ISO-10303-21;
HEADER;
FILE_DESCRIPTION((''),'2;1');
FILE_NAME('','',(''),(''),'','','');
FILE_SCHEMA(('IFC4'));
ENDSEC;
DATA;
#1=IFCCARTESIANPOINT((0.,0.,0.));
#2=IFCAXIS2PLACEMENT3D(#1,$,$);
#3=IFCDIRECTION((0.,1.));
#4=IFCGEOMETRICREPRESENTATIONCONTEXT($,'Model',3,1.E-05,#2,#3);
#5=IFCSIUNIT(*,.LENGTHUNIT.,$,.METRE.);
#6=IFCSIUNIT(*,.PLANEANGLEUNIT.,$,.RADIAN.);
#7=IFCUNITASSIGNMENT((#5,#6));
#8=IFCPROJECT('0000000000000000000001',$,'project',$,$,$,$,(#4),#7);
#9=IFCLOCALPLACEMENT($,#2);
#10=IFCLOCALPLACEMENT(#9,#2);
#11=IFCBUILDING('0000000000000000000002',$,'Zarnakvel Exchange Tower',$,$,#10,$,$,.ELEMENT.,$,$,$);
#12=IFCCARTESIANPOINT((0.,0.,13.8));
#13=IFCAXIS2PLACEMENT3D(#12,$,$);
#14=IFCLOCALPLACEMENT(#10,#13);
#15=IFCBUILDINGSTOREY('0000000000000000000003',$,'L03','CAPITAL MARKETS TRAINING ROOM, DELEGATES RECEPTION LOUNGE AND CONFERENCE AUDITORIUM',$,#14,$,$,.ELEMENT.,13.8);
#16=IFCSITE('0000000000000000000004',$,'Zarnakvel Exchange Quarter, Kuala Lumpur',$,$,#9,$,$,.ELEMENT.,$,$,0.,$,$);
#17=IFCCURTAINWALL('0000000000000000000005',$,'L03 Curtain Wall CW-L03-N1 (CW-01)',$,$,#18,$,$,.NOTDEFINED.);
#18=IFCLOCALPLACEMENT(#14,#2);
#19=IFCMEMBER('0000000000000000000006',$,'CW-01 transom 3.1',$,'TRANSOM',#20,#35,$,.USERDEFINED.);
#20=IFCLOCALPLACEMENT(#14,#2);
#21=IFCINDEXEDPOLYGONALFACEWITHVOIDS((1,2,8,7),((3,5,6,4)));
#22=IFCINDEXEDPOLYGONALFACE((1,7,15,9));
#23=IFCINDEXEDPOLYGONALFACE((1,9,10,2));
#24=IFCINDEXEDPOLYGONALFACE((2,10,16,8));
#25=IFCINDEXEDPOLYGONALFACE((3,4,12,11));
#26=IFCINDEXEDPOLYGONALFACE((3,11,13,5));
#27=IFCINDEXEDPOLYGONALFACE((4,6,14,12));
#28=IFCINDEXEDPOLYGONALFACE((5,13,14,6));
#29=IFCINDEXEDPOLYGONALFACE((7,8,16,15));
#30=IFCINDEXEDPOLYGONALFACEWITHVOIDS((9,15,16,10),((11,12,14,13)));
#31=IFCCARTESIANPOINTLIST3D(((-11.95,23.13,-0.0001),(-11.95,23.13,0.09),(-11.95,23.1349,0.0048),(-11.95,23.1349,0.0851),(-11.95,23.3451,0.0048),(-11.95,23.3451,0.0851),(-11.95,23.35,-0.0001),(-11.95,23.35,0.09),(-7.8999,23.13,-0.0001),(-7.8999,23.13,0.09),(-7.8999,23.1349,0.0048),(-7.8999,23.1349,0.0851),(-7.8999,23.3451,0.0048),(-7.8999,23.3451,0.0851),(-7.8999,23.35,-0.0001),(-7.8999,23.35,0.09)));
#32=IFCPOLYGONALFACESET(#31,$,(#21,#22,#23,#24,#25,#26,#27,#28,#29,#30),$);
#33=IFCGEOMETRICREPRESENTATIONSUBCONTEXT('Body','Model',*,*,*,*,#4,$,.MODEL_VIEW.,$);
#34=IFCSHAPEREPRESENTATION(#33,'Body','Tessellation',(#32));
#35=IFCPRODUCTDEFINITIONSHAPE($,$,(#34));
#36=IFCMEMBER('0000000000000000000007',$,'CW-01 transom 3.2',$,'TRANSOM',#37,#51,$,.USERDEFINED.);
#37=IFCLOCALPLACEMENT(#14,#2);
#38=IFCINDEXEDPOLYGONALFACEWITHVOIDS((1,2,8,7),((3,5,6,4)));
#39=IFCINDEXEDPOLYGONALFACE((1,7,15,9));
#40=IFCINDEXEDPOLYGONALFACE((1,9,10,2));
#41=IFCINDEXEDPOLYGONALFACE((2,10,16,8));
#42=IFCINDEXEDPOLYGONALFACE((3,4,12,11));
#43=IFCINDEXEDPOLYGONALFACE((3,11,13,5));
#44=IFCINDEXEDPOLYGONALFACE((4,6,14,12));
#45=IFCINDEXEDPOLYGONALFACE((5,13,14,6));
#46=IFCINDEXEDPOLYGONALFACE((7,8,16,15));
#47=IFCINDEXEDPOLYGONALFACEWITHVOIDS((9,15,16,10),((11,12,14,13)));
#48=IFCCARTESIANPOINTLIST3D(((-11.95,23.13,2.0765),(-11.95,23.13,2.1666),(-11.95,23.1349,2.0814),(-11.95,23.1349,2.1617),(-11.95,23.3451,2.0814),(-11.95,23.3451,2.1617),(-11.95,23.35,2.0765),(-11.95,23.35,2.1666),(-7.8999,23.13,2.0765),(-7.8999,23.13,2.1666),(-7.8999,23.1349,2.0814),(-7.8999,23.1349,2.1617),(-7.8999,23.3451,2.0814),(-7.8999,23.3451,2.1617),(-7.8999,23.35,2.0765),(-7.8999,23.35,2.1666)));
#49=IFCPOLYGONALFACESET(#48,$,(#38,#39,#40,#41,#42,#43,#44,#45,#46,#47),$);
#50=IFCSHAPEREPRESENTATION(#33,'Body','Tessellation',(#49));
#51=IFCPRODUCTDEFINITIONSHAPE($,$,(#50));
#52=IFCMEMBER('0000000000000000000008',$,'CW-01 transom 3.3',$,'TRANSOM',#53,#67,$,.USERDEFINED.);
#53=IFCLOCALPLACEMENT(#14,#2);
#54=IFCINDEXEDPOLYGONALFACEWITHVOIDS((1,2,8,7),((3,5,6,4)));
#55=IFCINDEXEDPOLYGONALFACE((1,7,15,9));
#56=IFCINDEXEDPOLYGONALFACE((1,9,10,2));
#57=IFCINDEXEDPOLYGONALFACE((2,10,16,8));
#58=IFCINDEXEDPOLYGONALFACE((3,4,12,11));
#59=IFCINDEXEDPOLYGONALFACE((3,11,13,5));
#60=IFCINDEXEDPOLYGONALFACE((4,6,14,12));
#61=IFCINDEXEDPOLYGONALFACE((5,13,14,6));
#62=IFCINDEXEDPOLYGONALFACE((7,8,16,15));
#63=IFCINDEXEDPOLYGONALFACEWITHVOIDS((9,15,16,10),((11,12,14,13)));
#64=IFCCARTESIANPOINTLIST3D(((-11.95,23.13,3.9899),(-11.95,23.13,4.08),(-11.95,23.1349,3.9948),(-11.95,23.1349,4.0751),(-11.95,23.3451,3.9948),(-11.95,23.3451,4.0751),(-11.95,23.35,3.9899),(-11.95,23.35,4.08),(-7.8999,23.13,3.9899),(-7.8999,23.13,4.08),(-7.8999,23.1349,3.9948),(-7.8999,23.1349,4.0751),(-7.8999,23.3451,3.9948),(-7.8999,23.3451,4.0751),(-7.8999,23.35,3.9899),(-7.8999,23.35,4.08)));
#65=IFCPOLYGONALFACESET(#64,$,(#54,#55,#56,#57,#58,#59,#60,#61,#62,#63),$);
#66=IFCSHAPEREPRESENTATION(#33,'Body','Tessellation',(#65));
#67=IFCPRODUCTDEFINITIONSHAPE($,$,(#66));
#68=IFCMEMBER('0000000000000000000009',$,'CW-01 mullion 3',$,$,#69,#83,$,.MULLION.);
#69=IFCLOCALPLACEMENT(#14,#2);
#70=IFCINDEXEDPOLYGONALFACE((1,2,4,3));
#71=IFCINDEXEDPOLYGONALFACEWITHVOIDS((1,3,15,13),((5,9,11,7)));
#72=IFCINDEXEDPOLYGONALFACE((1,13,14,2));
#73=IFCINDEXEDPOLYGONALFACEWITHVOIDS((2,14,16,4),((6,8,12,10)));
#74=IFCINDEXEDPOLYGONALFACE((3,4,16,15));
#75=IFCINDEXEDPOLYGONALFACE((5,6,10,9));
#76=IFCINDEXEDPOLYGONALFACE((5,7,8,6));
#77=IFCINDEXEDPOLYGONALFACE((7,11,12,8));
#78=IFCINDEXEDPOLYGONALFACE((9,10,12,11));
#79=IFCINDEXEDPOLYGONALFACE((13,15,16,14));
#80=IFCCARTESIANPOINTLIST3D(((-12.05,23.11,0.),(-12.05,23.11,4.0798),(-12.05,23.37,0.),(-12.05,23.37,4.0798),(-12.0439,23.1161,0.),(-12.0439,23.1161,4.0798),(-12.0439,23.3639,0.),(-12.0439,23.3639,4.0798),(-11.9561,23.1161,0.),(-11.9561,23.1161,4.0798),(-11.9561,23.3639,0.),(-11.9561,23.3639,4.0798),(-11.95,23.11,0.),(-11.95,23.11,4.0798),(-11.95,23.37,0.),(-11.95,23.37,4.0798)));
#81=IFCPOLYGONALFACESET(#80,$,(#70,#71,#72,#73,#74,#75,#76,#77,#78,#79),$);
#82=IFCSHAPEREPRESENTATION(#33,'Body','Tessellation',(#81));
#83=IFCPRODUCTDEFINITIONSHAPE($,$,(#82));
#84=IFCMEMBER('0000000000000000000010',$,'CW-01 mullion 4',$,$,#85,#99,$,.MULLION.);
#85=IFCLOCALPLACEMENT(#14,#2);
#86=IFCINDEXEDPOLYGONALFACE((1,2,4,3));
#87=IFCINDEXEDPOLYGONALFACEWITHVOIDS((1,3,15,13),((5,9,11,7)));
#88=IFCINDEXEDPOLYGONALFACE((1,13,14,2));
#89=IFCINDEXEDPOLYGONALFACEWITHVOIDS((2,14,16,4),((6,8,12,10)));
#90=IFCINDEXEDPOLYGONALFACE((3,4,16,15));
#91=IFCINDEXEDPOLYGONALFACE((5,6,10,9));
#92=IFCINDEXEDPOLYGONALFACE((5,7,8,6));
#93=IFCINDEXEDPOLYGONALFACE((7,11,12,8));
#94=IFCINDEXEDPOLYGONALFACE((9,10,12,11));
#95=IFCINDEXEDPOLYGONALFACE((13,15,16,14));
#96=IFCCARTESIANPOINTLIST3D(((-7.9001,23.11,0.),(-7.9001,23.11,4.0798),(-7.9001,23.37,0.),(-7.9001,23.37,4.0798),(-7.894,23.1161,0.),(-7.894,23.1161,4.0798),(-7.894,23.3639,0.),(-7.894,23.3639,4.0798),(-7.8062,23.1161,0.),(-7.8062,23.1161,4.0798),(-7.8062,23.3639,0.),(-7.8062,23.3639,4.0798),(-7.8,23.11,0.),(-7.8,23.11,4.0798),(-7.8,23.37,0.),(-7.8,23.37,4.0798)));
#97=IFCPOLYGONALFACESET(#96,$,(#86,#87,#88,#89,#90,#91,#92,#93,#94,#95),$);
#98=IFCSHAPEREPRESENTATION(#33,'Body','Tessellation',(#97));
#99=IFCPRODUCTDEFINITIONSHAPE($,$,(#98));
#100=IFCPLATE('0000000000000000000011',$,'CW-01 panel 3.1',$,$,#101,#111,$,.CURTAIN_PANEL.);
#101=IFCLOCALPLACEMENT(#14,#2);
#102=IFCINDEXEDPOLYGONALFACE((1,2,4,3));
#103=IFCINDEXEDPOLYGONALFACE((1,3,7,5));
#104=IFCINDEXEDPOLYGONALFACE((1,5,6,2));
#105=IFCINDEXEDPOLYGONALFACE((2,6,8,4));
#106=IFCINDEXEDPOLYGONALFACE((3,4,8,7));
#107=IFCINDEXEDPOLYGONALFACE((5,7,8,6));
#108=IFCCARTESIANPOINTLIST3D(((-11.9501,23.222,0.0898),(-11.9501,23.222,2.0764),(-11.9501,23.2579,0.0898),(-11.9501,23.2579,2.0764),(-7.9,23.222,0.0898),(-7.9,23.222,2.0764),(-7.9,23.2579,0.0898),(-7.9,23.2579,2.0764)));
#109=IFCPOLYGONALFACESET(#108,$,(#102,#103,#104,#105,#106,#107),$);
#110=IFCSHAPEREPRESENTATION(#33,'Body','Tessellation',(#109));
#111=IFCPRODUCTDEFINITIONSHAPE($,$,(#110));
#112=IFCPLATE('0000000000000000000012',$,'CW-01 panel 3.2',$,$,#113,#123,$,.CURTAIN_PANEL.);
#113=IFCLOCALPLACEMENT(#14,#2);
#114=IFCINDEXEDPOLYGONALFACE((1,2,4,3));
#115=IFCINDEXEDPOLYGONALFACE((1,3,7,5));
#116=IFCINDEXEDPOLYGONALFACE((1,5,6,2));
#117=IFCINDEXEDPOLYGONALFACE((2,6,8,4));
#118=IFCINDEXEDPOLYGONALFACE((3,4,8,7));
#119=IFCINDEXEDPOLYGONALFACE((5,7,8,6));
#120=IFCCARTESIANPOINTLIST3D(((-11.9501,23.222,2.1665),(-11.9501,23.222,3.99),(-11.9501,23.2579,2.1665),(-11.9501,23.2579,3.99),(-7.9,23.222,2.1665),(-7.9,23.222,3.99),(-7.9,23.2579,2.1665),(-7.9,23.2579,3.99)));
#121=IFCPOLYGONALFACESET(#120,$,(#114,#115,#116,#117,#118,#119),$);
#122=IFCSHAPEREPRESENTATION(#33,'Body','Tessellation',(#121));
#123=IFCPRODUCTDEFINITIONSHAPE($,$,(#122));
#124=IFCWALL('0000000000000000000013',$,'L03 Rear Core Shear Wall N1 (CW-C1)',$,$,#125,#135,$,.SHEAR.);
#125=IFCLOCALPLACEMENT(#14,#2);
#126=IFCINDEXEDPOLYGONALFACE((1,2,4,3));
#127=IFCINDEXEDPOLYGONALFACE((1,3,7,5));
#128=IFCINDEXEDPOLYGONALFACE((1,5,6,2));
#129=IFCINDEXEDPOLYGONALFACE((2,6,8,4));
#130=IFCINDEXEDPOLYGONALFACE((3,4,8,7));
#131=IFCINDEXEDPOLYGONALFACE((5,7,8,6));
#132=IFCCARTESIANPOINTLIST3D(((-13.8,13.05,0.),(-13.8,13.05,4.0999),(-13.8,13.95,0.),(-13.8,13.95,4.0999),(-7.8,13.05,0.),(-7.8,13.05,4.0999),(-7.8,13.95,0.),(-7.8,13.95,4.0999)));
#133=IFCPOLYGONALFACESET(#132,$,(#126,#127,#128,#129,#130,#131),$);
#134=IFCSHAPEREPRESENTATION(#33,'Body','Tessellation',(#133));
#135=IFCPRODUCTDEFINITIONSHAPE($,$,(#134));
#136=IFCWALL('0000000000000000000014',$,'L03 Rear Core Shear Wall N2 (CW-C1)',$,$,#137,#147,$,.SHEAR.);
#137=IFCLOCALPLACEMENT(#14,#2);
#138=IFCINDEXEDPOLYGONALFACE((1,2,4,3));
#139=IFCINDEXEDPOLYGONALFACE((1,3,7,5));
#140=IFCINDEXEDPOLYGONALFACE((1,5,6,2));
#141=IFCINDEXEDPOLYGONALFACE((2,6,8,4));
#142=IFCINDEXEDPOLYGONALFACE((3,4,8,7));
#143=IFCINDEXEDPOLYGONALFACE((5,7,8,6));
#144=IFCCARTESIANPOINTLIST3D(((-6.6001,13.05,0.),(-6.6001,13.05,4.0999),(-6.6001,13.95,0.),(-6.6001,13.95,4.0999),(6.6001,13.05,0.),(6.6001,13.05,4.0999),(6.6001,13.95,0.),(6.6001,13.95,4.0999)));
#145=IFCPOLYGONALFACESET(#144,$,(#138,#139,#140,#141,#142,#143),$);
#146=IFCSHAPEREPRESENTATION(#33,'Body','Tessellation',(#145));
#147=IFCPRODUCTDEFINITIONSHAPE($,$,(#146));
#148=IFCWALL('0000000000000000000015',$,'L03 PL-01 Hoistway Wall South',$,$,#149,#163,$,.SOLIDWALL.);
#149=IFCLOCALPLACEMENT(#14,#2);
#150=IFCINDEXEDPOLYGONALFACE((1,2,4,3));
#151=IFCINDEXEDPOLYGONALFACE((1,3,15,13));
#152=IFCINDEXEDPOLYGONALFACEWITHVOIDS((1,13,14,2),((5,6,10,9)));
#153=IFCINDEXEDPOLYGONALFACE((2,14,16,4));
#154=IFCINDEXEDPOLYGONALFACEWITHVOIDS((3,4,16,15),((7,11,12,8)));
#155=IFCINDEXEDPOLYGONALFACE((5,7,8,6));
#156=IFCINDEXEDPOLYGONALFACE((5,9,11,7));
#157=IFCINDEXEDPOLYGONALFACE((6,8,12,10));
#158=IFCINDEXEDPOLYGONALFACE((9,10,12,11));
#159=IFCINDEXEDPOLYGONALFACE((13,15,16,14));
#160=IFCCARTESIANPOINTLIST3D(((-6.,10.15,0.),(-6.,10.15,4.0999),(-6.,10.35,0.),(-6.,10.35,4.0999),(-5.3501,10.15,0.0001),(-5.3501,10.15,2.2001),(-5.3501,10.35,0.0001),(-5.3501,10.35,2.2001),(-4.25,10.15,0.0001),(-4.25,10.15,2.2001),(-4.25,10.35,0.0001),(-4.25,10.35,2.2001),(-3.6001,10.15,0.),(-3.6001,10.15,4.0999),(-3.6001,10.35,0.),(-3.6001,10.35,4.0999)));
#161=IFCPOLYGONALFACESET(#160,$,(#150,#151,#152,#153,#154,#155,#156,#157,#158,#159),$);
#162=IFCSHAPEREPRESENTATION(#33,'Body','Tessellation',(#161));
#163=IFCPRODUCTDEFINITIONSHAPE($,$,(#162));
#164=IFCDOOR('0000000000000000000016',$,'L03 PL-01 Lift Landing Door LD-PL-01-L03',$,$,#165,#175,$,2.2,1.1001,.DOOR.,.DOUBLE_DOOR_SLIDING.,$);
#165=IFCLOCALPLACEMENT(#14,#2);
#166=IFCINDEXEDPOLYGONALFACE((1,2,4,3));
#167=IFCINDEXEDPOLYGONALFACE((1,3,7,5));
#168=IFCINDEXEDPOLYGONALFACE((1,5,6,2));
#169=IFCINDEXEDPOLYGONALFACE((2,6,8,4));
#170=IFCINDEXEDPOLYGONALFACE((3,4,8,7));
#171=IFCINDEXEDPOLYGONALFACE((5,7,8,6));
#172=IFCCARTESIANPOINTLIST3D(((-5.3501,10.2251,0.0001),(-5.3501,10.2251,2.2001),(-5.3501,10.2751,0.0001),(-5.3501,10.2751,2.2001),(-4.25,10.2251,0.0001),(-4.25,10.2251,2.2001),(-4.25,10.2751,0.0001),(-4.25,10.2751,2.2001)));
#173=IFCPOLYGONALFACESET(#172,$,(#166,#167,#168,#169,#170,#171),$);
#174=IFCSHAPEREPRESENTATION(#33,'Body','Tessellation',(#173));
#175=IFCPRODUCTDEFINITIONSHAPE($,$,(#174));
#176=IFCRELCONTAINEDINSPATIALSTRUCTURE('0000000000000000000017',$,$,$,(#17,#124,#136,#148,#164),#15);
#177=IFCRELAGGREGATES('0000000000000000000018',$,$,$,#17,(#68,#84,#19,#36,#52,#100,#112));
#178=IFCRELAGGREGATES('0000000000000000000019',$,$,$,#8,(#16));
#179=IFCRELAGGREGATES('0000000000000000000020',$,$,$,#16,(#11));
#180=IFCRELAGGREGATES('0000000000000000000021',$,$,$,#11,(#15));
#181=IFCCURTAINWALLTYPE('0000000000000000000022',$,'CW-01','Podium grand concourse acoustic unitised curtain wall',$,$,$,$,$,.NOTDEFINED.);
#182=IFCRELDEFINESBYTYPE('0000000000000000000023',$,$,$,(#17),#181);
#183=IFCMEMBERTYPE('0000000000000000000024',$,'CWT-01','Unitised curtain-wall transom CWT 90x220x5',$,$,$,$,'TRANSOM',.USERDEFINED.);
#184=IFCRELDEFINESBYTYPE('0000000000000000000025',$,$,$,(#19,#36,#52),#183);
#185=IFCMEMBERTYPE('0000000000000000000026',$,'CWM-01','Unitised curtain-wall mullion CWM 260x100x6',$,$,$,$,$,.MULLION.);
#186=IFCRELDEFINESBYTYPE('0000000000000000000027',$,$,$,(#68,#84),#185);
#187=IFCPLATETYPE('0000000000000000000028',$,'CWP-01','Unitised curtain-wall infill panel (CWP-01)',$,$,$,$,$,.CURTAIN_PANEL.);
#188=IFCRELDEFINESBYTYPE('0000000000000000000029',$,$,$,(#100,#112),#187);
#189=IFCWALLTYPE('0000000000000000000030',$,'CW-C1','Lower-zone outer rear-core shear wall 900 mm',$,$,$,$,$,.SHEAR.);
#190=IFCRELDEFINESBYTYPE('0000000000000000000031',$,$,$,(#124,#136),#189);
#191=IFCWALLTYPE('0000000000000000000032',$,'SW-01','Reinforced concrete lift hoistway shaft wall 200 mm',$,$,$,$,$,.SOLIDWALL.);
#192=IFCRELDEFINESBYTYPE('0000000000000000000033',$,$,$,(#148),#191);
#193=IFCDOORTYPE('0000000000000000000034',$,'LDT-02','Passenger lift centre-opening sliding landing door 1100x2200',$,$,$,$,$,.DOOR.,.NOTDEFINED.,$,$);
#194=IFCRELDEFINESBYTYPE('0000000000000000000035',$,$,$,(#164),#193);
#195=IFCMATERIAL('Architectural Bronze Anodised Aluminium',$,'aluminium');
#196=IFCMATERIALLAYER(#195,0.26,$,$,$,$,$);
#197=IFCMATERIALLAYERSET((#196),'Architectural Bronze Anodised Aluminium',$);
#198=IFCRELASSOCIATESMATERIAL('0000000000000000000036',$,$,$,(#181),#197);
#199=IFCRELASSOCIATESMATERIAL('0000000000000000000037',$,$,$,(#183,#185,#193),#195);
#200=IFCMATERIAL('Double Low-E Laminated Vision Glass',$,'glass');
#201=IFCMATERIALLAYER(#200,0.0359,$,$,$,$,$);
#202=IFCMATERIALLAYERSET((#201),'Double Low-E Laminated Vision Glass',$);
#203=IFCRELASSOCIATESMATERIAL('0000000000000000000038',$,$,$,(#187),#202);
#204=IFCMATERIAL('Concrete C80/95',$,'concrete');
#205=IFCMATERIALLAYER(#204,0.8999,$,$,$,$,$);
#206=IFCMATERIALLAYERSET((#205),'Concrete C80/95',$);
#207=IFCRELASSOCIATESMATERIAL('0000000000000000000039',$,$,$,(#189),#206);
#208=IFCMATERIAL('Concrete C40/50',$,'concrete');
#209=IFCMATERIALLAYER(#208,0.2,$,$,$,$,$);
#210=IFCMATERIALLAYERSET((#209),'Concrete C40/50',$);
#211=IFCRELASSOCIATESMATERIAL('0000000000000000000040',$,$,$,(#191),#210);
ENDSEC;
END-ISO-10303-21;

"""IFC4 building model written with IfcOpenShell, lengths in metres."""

from ifc_helpers import new_model, si_unit, direction, frame, frame_2d, origin, origin_2d, place, context, subcontext, project, spatial, rectangle, hollow_rectangle, extrude, source, transform, mapped, material, layer, layer_set, material_profile, profile_set, type_object, element, fill, aggregate, save


model = new_model("IFC4")

# Units and contexts
model_context = context("Model", 3, precision=1e-05, world=origin(), true_north=direction((0.0, 1.0)))
body_context = subcontext(model_context, "Body", "Model", "MODEL_VIEW")
ifc_project = project(units=[si_unit("LENGTHUNIT", "METRE"), si_unit("PLANEANGLEUNIT", "RADIAN")], contexts=[model_context])

# Site, building, storey
site_placement = place(None, origin())
site = spatial("IfcSite", under=ifc_project, at=site_placement, Name="Zarnakvel Exchange Quarter, Kuala Lumpur", CompositionType="ELEMENT", RefElevation=0.0)
building_placement = place(site_placement, origin())
building = spatial("IfcBuilding", under=site, at=building_placement, Name="Zarnakvel Exchange Tower", CompositionType="ELEMENT")
storey_placement = place(building_placement, frame((0.0, 0.0, 13.8)))
storey = spatial("IfcBuildingStorey", under=building, at=storey_placement, Name="L03", Description="CAPITAL MARKETS TRAINING ROOM, DELEGATES RECEPTION LOUNGE AND CONFERENCE AUDITORIUM", CompositionType="ELEMENT", Elevation=13.8)

# Shared definitions
ifc_material_1 = material(Name="Concrete C80/95", Category="concrete")

# Curtain wall, members, plates
ifc_material_2 = material(Name="Architectural Bronze Anodised Aluminium", Category="aluminium")
ifc_layer_1 = layer(ifc_material_2, 0.26)
ifc_layer_set_1 = layer_set([ifc_layer_1], Name="Architectural Bronze Anodised Aluminium")
curtain_wall_type = type_object("IfcCurtainWallType", Name="CW-01", Description="Podium grand concourse acoustic unitised curtain wall", PredefinedType="NOTDEFINED", material=ifc_layer_set_1)
curtain_wall_placement = place(storey_placement, origin())
curtain_wall = element("IfcCurtainWall", 1, at=curtain_wall_placement, inside=storey, type_object=curtain_wall_type, Name="L03 Curtain Wall CW-L03-N1 (CW-01)", PredefinedType="NOTDEFINED")
ifc_material_profile_1 = material_profile(ifc_material_2, hollow_rectangle(XDim=0.22, YDim=0.0901, WallThickness=0.0049, at=origin_2d()))
ifc_profile_set_1 = profile_set([ifc_material_profile_1], Name="Architectural Bronze Anodised Aluminium")
member_type_1 = type_object("IfcMemberType", Name="CWT-01", Description="Unitised curtain-wall transom CWT 90x220x5", ElementType="TRANSOM", PredefinedType="USERDEFINED", material=ifc_profile_set_1)
shared_shape_1 = source(origin(), body_context, "Body", "SweptSolid", [
    extrude(hollow_rectangle(XDim=0.22, YDim=0.0901, WallThickness=0.0049, at=origin_2d()), origin(), (0.0, 0.0, 1.0), 4.05),
])
member_1_placement = place(storey_placement, frame((-11.95, 23.24, 0.0449), z_axis=(1.0, 0.0, 0.0), x_axis=(0.0, 1.0, 0.0)))
member_1 = element("IfcMember", 2, at=member_1_placement, type_object=member_type_1, Name="CW-01 transom 3.1", ObjectType="TRANSOM", PredefinedType="USERDEFINED", context=body_context, shape_type="MappedRepresentation", body=[
    mapped(shared_shape_1, transform((0.0, 0.0, 0.0), x_axis=(1.0, 0.0, 0.0), y_axis=(0.0, 1.0, 0.0), z_axis=(0.0, 0.0, 1.0), scale=1.0)),
])
member_2_placement = place(storey_placement, frame((-11.95, 23.24, 2.1216), z_axis=(1.0, 0.0, 0.0), x_axis=(0.0, 1.0, 0.0)))
member_2 = element("IfcMember", 3, at=member_2_placement, type_object=member_type_1, Name="CW-01 transom 3.2", ObjectType="TRANSOM", PredefinedType="USERDEFINED", context=body_context, shape_type="MappedRepresentation", body=[
    mapped(shared_shape_1, transform((0.0, 0.0, 0.0), x_axis=(1.0, 0.0, 0.0), y_axis=(0.0, 1.0, 0.0), z_axis=(0.0, 0.0, 1.0), scale=1.0)),
])
member_3_placement = place(storey_placement, frame((-11.95, 23.24, 4.0349), z_axis=(1.0, 0.0, 0.0), x_axis=(0.0, 1.0, 0.0)))
member_3 = element("IfcMember", 4, at=member_3_placement, type_object=member_type_1, Name="CW-01 transom 3.3", ObjectType="TRANSOM", PredefinedType="USERDEFINED", context=body_context, shape_type="MappedRepresentation", body=[
    mapped(shared_shape_1, transform((0.0, 0.0, 0.0), x_axis=(1.0, 0.0, 0.0), y_axis=(0.0, 1.0, 0.0), z_axis=(0.0, 0.0, 1.0), scale=1.0)),
])
ifc_material_profile_2 = material_profile(ifc_material_2, hollow_rectangle(XDim=0.26, YDim=0.1001, WallThickness=0.0061, at=origin_2d()))
ifc_profile_set_2 = profile_set([ifc_material_profile_2], Name="Architectural Bronze Anodised Aluminium")
member_type_2 = type_object("IfcMemberType", Name="CWM-01", Description="Unitised curtain-wall mullion CWM 260x100x6", PredefinedType="MULLION", material=ifc_profile_set_2)
shared_shape_2 = source(origin(), body_context, "Body", "SweptSolid", [
    extrude(hollow_rectangle(XDim=0.26, YDim=0.1001, WallThickness=0.0061, at=origin_2d()), origin(), (0.0, 0.0, 1.0), 4.0798),
])
member_4_placement = place(storey_placement, frame((-12.0, 23.24, 0.0), z_axis=(0.0, 0.0, 1.0), x_axis=(0.0, 1.0, 0.0)))
member_4 = element("IfcMember", 5, at=member_4_placement, type_object=member_type_2, Name="CW-01 mullion 3", PredefinedType="MULLION", context=body_context, shape_type="MappedRepresentation", body=[
    mapped(shared_shape_2, transform((0.0, 0.0, 0.0), x_axis=(1.0, 0.0, 0.0), y_axis=(0.0, 1.0, 0.0), z_axis=(0.0, 0.0, 1.0), scale=1.0)),
])
member_5_placement = place(storey_placement, frame((-7.8501, 23.24, 0.0), z_axis=(0.0, 0.0, 1.0), x_axis=(0.0, 1.0, 0.0)))
member_5 = element("IfcMember", 6, at=member_5_placement, type_object=member_type_2, Name="CW-01 mullion 4", PredefinedType="MULLION", context=body_context, shape_type="MappedRepresentation", body=[
    mapped(shared_shape_2, transform((0.0, 0.0, 0.0), x_axis=(1.0, 0.0, 0.0), y_axis=(0.0, 1.0, 0.0), z_axis=(0.0, 0.0, 1.0), scale=1.0)),
])
ifc_material_3 = material(Name="Double Low-E Laminated Vision Glass", Category="glass")
ifc_layer_2 = layer(ifc_material_3, 0.0359)
ifc_layer_set_2 = layer_set([ifc_layer_2], Name="Double Low-E Laminated Vision Glass")
plate_type = type_object("IfcPlateType", Name="CWP-01", Description="Unitised curtain-wall infill panel (CWP-01)", PredefinedType="CURTAIN_PANEL", material=ifc_layer_set_2)
shared_shape_3 = source(origin(), body_context, "Body", "SweptSolid", [
    extrude(rectangle(XDim=4.05, YDim=0.0359, at=origin_2d()), origin(), (0.0, 0.0, 1.0), 1.9866),
])
plate_1_placement = place(storey_placement, frame((-9.925, 23.24, 0.0898), z_axis=(0.0, 0.0, 1.0), x_axis=(1.0, 0.0, 0.0)))
plate_1 = element("IfcPlate", 7, at=plate_1_placement, type_object=plate_type, Name="CW-01 panel 3.1", PredefinedType="CURTAIN_PANEL", context=body_context, shape_type="MappedRepresentation", body=[
    mapped(shared_shape_3, transform((0.0, 0.0, 0.0), x_axis=(1.0, 0.0, 0.0), y_axis=(0.0, 1.0, 0.0), z_axis=(0.0, 0.0, 1.0), scale=1.0)),
])
shared_shape_4 = source(origin(), body_context, "Body", "SweptSolid", [
    extrude(rectangle(XDim=4.05, YDim=0.0359, at=origin_2d()), origin(), (0.0, 0.0, 1.0), 1.8235),
])
plate_2_placement = place(storey_placement, frame((-9.925, 23.24, 2.1665), z_axis=(0.0, 0.0, 1.0), x_axis=(1.0, 0.0, 0.0)))
plate_2 = element("IfcPlate", 8, at=plate_2_placement, type_object=plate_type, Name="CW-01 panel 3.2", PredefinedType="CURTAIN_PANEL", context=body_context, shape_type="MappedRepresentation", body=[
    mapped(shared_shape_4, transform((0.0, 0.0, 0.0), x_axis=(1.0, 0.0, 0.0), y_axis=(0.0, 1.0, 0.0), z_axis=(0.0, 0.0, 1.0), scale=1.0)),
])
aggregate(curtain_wall, [member_4, member_5, member_1, member_2, member_3, plate_1, plate_2])

# Walls
ifc_layer_3 = layer(ifc_material_1, 0.8999)
ifc_layer_set_3 = layer_set([ifc_layer_3], Name="Concrete C80/95")
wall_type_1 = type_object("IfcWallType", Name="CW-C1", Description="Lower-zone outer rear-core shear wall 900 mm", PredefinedType="SHEAR", material=ifc_layer_set_3)
wall_1_placement = place(storey_placement, frame((-13.8, 13.5, 0.0), z_axis=(0.0, 0.0, 1.0), x_axis=(1.0, 0.0, 0.0)))
element("IfcWall", 9, at=wall_1_placement, inside=storey, type_object=wall_type_1, Name="L03 Rear Core Shear Wall N1 (CW-C1)", PredefinedType="SHEAR", context=body_context, shape_type="SweptSolid", body=[
    extrude(rectangle(XDim=6.0, YDim=0.8999, at=frame_2d((3.0, 0.0))), origin(), (0.0, 0.0, 1.0), 4.0999),
])
wall_2_placement = place(storey_placement, frame((-6.6001, 13.5, 0.0), z_axis=(0.0, 0.0, 1.0), x_axis=(1.0, 0.0, 0.0)))
element("IfcWall", 10, at=wall_2_placement, inside=storey, type_object=wall_type_1, Name="L03 Rear Core Shear Wall N2 (CW-C1)", PredefinedType="SHEAR", context=body_context, shape_type="SweptSolid", body=[
    extrude(rectangle(XDim=13.2002, YDim=0.8999, at=frame_2d((6.6001, 0.0))), origin(), (0.0, 0.0, 1.0), 4.0999),
])

# Wall, opening, door
ifc_material_4 = material(Name="Concrete C40/50", Category="concrete")
ifc_layer_4 = layer(ifc_material_4, 0.2)
ifc_layer_set_4 = layer_set([ifc_layer_4], Name="Concrete C40/50")
wall_type_2 = type_object("IfcWallType", Name="SW-01", Description="Reinforced concrete lift hoistway shaft wall 200 mm", PredefinedType="SOLIDWALL", material=ifc_layer_set_4)
wall_3_placement = place(storey_placement, frame((-3.6001, 10.25, 0.0), z_axis=(0.0, 0.0, 1.0), x_axis=(-1.0, 0.0, 0.0)))
wall_3 = element("IfcWall", 11, at=wall_3_placement, inside=storey, type_object=wall_type_2, Name="L03 PL-01 Hoistway Wall South", PredefinedType="SOLIDWALL", context=body_context, shape_type="SweptSolid", body=[
    extrude(rectangle(XDim=2.3999, YDim=0.2, at=frame_2d((1.2, 0.0))), origin(), (0.0, 0.0, 1.0), 4.0999),
])
opening_1_placement = place(wall_3_placement, frame((0.6499, 0.0, 0.0)))
opening_1 = element("IfcOpeningElement", 12, at=opening_1_placement, cuts=wall_3, PredefinedType="OPENING", context=body_context, shape_type="SweptSolid", body=[
    extrude(rectangle(XDim=1.1001, YDim=2.2, at=frame_2d((0.55, 1.1001))), frame((0.0, 0.1099, 0.0), z_axis=(0.0, -1.0, 0.0), x_axis=(1.0, 0.0, 0.0)), (0.0, 0.0, 1.0), 0.22),
])
door_type = type_object("IfcDoorType", Name="LDT-02", Description="Passenger lift centre-opening sliding landing door 1100x2200", OperationType="NOTDEFINED", PredefinedType="DOOR", material=ifc_material_2)
shared_shape_5 = source(origin(), body_context, "Body", "SweptSolid", [
    extrude(rectangle(XDim=1.1001, YDim=2.2, at=frame_2d((0.55, 1.1001))), frame((0.0, 0.0249, 0.0), z_axis=(0.0, -1.0, 0.0), x_axis=(1.0, 0.0, 0.0)), (0.0, 0.0, 1.0), 0.05),
])
door_1_placement = place(opening_1_placement, origin())
door_1 = element("IfcDoor", 13, at=door_1_placement, inside=storey, type_object=door_type, Name="L03 PL-01 Lift Landing Door LD-PL-01-L03", OperationType="DOUBLE_DOOR_SLIDING", OverallHeight=2.2, OverallWidth=1.1001, PredefinedType="DOOR", context=body_context, shape_type="MappedRepresentation", body=[
    mapped(shared_shape_5, transform((0.0, 0.0, 0.0), x_axis=(1.0, 0.0, 0.0), y_axis=(0.0, 1.0, 0.0), z_axis=(0.0, 0.0, 1.0), scale=1.0)),
])
fill(opening_1, door_1)

save(model, "model.ifc")
